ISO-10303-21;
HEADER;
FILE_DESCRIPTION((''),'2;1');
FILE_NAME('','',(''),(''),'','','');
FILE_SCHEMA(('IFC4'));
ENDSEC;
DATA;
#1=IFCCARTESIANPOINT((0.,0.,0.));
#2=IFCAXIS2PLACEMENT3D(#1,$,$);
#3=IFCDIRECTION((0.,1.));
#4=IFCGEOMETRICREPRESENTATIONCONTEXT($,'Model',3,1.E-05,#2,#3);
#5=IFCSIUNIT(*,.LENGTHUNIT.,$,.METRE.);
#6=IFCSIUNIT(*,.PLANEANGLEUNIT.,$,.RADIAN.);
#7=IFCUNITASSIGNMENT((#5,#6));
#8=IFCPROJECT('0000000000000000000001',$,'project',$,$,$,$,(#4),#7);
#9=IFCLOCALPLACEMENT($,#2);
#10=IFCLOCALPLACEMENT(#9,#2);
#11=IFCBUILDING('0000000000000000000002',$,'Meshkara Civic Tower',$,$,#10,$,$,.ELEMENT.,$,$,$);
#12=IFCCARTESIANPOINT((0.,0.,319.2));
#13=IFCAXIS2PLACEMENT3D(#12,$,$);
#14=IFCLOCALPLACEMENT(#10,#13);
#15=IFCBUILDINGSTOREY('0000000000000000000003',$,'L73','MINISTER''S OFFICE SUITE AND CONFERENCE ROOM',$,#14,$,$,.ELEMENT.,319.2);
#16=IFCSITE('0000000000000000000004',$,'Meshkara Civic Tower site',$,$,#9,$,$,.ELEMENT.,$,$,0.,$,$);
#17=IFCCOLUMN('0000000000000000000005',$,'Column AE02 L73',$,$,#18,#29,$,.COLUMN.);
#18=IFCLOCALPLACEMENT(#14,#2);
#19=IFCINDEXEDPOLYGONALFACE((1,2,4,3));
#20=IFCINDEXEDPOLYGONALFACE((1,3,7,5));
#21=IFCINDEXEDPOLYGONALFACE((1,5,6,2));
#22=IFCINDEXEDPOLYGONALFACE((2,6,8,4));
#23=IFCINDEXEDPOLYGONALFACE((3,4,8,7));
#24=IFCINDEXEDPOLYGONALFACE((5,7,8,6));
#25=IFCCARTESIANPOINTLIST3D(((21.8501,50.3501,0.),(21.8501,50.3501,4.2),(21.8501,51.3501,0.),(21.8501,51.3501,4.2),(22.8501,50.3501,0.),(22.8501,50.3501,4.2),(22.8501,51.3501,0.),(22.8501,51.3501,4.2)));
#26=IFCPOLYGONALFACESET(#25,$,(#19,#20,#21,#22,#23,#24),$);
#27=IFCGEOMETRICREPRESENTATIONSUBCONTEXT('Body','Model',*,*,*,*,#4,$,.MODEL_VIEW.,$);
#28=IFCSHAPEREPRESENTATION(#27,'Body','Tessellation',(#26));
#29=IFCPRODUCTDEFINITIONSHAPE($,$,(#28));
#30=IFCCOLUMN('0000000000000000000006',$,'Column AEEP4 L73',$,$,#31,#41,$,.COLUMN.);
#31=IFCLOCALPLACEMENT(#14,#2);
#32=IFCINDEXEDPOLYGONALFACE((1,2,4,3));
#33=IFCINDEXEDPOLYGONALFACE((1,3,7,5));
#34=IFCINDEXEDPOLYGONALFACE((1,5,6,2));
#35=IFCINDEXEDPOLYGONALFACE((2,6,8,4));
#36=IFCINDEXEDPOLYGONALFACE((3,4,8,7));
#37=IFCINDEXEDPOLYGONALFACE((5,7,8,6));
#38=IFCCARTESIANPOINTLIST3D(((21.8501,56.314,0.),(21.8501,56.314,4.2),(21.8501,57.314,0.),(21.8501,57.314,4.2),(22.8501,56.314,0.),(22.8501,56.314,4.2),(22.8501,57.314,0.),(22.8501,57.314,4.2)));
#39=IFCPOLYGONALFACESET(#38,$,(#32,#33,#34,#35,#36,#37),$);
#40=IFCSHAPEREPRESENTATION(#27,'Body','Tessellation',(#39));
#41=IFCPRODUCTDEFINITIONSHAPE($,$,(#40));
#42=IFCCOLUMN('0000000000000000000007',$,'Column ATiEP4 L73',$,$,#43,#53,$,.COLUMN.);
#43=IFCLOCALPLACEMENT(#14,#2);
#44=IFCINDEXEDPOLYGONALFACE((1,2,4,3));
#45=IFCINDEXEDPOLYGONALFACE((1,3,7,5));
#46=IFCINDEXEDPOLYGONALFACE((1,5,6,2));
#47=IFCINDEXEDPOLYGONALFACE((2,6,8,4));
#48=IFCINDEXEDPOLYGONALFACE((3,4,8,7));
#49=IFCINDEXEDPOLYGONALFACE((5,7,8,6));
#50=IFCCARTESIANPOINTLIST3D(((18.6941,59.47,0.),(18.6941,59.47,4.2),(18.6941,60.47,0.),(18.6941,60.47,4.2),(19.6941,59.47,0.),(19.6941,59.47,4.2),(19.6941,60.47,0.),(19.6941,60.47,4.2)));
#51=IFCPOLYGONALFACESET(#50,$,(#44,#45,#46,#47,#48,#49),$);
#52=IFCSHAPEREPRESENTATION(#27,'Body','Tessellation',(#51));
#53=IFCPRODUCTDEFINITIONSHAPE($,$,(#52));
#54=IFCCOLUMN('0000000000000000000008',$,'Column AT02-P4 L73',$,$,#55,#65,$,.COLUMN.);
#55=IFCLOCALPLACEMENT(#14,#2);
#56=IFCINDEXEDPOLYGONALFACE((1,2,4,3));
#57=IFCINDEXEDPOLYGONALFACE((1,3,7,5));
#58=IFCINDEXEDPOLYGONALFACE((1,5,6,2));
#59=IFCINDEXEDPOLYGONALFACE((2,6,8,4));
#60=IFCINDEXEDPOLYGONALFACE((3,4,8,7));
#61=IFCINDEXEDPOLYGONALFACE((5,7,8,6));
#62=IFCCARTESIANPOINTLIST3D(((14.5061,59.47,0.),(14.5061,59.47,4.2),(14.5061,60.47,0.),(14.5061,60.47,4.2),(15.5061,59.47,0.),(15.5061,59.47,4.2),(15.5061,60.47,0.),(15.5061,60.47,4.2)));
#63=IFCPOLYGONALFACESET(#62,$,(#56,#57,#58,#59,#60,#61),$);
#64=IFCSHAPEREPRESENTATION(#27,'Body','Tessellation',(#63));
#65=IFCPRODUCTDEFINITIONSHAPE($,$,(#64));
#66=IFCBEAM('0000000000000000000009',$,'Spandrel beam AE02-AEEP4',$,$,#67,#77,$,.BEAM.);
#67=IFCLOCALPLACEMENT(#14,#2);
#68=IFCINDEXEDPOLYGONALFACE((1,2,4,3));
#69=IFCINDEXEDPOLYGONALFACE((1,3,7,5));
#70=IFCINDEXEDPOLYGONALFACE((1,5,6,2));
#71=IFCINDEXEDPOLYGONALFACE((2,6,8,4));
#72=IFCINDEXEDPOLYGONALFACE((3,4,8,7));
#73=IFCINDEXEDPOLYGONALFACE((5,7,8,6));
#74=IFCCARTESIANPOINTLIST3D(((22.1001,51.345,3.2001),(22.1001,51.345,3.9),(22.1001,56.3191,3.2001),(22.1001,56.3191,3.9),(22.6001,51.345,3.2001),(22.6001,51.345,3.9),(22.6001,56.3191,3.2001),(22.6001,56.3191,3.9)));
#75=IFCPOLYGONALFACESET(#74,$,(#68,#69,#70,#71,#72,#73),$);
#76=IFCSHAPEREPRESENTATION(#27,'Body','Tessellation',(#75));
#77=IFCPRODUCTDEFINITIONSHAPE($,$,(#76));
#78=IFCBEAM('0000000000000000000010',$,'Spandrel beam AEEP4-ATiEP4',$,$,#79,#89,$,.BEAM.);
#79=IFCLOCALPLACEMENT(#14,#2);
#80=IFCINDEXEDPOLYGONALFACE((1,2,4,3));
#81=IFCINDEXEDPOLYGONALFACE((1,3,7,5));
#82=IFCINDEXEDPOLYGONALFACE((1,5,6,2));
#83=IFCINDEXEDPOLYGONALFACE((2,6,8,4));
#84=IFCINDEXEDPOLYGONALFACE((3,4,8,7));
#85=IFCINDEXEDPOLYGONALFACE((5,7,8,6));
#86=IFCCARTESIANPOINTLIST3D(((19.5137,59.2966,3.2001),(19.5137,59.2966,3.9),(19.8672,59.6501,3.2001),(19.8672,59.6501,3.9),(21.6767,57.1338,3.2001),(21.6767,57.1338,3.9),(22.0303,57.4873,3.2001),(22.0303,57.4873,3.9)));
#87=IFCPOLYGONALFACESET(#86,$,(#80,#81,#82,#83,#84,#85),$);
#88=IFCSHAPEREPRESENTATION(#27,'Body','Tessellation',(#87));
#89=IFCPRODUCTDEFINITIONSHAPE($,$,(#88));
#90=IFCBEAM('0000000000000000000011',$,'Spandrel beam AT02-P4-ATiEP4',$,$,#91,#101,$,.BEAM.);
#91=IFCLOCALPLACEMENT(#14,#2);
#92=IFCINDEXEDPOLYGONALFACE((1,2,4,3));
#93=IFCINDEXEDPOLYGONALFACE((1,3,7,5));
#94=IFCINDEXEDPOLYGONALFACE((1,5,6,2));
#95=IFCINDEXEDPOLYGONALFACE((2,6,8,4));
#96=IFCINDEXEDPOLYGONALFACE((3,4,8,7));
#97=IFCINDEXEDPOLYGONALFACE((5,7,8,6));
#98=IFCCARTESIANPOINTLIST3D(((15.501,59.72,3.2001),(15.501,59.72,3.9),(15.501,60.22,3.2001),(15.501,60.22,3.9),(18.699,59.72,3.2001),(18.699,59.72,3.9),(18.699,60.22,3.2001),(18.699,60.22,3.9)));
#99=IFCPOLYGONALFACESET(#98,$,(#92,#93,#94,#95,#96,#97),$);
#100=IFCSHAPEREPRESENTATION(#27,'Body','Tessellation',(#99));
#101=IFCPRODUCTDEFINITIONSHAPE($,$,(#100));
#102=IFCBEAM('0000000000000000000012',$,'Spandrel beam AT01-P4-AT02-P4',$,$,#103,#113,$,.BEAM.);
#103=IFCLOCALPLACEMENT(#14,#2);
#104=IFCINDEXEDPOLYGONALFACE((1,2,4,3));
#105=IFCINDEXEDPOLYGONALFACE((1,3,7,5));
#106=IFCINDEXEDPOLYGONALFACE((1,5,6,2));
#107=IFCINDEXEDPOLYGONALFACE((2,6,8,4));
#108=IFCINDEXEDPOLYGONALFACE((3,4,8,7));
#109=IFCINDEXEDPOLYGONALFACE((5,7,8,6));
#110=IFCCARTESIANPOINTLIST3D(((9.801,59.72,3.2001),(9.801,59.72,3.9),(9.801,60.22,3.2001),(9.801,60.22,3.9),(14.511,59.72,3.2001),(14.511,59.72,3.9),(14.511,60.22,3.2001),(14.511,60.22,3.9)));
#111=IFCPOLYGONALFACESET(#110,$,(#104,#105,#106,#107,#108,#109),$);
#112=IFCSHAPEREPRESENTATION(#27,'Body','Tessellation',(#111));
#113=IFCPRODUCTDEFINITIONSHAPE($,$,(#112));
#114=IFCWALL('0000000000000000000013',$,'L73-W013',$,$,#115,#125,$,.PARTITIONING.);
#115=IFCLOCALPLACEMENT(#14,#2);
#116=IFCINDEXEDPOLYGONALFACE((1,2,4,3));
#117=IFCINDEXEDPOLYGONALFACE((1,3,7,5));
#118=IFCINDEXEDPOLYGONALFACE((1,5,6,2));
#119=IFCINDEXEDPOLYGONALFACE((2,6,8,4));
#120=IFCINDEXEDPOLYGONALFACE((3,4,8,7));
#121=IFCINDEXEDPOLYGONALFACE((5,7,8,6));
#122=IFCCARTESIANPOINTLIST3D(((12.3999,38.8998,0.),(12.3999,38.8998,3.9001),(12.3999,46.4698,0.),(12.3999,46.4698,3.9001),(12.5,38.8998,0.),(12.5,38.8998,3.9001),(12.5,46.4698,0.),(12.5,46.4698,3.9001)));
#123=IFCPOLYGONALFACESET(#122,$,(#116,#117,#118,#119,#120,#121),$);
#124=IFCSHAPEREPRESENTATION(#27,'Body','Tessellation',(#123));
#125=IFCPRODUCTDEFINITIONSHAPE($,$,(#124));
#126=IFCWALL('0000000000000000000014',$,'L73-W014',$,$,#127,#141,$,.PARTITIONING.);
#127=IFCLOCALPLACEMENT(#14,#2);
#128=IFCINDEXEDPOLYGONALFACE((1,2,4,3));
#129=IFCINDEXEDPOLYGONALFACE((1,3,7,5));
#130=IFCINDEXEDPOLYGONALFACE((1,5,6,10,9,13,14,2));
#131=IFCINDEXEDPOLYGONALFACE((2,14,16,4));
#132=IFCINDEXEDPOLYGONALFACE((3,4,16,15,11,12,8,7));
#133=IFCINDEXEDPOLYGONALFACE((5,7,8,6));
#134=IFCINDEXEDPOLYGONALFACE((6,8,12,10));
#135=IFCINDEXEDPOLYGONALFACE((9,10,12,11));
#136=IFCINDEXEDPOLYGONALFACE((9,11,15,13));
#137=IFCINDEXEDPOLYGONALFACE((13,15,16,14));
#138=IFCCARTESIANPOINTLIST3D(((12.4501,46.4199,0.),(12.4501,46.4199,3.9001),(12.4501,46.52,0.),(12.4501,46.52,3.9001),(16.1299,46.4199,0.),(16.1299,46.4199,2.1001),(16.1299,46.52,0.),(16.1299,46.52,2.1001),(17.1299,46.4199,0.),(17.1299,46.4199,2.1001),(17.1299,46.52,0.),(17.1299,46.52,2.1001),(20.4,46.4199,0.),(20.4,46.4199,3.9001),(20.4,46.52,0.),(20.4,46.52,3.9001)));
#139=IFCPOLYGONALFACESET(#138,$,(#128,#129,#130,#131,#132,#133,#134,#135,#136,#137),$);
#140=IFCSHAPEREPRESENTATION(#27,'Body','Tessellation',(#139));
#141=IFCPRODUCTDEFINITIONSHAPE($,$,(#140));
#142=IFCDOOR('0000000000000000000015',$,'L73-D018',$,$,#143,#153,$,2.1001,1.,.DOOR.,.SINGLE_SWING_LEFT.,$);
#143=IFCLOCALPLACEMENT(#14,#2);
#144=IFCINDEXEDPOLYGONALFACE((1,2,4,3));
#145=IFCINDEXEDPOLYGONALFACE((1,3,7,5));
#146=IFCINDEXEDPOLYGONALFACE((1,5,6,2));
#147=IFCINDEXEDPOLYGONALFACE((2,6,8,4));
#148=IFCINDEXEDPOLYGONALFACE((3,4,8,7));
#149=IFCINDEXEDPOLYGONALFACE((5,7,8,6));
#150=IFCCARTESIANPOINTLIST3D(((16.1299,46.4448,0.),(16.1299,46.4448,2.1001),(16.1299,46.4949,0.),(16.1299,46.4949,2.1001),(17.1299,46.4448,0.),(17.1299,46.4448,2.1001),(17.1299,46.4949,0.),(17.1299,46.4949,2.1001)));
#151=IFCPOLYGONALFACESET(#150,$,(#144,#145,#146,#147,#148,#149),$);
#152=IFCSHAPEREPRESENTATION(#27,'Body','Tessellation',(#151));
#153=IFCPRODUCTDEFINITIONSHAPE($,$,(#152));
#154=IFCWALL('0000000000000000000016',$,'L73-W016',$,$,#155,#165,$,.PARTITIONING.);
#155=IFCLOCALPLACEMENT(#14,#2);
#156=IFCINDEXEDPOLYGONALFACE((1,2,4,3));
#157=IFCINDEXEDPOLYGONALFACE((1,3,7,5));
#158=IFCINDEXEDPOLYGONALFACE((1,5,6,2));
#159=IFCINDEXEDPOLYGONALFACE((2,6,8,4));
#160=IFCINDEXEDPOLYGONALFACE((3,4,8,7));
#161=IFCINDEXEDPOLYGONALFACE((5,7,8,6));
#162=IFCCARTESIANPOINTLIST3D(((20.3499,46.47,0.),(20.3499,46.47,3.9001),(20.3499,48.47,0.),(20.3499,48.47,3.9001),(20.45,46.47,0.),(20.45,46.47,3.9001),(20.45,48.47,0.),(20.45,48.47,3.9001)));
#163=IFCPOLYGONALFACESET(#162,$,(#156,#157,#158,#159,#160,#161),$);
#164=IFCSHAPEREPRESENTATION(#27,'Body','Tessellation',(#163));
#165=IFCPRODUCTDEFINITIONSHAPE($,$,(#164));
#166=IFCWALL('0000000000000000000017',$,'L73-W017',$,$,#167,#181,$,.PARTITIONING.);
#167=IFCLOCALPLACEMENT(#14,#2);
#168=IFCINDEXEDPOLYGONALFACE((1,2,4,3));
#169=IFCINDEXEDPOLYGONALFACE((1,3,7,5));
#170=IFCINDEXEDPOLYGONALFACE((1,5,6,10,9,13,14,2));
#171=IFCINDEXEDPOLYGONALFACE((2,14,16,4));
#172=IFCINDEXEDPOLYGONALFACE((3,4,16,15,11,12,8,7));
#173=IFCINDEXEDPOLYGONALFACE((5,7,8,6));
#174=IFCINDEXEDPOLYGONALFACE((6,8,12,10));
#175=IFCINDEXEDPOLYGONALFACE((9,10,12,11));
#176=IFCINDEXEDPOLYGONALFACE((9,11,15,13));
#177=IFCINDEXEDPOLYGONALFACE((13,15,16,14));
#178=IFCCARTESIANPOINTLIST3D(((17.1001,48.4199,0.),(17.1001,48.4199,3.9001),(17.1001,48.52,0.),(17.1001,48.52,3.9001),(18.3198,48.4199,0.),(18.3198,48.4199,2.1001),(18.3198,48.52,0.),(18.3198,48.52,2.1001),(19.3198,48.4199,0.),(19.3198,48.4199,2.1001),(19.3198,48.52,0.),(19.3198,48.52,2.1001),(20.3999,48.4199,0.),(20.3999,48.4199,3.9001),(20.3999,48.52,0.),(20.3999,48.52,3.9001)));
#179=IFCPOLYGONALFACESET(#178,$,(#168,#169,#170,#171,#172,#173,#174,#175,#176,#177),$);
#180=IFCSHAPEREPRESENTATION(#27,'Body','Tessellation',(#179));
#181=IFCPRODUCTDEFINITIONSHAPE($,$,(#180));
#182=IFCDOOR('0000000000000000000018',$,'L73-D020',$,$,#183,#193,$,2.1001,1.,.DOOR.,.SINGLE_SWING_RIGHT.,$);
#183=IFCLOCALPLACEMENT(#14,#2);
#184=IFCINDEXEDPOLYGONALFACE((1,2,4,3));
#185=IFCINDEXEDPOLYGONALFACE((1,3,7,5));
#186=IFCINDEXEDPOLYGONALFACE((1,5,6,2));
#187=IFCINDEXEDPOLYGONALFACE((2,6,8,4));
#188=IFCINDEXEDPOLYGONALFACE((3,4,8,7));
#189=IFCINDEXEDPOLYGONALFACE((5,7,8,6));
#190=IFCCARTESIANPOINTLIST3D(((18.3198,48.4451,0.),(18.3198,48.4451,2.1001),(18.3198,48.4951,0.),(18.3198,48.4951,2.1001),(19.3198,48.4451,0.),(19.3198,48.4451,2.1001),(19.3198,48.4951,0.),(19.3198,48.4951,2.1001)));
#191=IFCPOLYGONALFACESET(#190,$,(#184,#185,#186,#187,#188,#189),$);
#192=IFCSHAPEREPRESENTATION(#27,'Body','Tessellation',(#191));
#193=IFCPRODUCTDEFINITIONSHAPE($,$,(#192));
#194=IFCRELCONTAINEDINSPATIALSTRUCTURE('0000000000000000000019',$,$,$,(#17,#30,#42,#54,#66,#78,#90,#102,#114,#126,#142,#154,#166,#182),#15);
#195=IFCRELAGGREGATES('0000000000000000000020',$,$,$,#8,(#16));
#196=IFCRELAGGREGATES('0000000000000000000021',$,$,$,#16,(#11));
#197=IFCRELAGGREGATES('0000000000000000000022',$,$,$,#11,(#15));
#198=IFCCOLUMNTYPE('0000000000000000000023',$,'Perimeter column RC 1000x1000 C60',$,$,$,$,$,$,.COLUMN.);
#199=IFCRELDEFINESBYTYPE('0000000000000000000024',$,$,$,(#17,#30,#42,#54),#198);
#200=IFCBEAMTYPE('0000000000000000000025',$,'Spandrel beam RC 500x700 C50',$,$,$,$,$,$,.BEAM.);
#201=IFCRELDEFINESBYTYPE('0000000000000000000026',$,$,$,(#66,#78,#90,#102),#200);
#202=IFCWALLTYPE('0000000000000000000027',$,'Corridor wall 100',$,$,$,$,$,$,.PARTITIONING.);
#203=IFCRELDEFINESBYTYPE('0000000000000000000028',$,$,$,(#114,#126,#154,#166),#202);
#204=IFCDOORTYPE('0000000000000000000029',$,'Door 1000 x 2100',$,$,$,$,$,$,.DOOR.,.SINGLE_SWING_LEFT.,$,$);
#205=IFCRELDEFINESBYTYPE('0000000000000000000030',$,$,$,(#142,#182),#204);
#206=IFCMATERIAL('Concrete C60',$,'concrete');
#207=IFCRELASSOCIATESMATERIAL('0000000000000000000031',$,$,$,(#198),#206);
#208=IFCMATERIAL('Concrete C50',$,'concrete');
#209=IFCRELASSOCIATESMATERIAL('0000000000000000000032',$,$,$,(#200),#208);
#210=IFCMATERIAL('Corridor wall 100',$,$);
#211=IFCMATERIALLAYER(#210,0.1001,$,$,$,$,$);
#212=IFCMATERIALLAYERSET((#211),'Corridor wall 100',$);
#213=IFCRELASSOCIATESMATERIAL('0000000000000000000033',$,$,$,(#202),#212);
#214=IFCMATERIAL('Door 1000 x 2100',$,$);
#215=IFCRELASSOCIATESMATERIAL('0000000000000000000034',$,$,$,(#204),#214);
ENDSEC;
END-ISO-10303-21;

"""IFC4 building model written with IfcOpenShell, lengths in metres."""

from ifc_helpers import new_model, si_unit, direction, frame, frame_2d, origin, origin_2d, place, context, subcontext, project, spatial, rectangle, extrude, material, layer, layer_set, material_profile, profile_set, type_object, element, fill, save


model = new_model("IFC4")

# Units and contexts
model_context = context("Model", 3, precision=1e-05, world=origin(), true_north=direction((0.0, 1.0)))
body_context = subcontext(model_context, "Body", "Model", "MODEL_VIEW")
ifc_project = project(units=[si_unit("LENGTHUNIT", "METRE"), si_unit("PLANEANGLEUNIT", "RADIAN")], contexts=[model_context])

# Site, building, storey
site_placement = place(None, origin())
site = spatial("IfcSite", under=ifc_project, at=site_placement, Name="Meshkara Civic Tower site", CompositionType="ELEMENT", RefElevation=0.0)
building_placement = place(site_placement, origin())
building = spatial("IfcBuilding", under=site, at=building_placement, Name="Meshkara Civic Tower", CompositionType="ELEMENT")
storey_placement = place(building_placement, frame((0.0, 0.0, 319.2)))
storey = spatial("IfcBuildingStorey", under=building, at=storey_placement, Name="L73", Description="MINISTER'S OFFICE SUITE AND CONFERENCE ROOM", CompositionType="ELEMENT", Elevation=319.2)

# Columns
ifc_material_1 = material(Name="Concrete C60", Category="concrete")
ifc_material_profile_1 = material_profile(ifc_material_1, rectangle(XDim=1.0, YDim=1.0, at=origin_2d()))
ifc_profile_set_1 = profile_set([ifc_material_profile_1], Name="Concrete C60")
column_type = type_object("IfcColumnType", Name="Perimeter column RC 1000x1000 C60", PredefinedType="COLUMN", material=ifc_profile_set_1)
for number, where, z_axis, x_axis, name in (
    (1, (22.3501, 50.8501, 0.0), (0.0, 0.0, 1.0), (1.0, 0.0, 0.0), "Column AE02 L73"),
    (2, (22.3501, 56.814, 0.0), (0.0, 0.0, 1.0), (1.0, 0.0, 0.0), "Column AEEP4 L73"),
    (3, (19.1941, 59.97, 0.0), (0.0, 0.0, 1.0), (1.0, 0.0, 0.0), "Column ATiEP4 L73"),
    (4, (15.0061, 59.97, 0.0), (0.0, 0.0, 1.0), (1.0, 0.0, 0.0), "Column AT02-P4 L73"),
):
    element("IfcColumn", number, at=place(storey_placement, frame(where, z_axis=z_axis, x_axis=x_axis)), inside=storey, type_object=column_type, Name=name, PredefinedType="COLUMN", context=body_context, shape_type="SweptSolid", body=[
        extrude(rectangle(XDim=1.0, YDim=1.0, at=origin_2d()), origin(), (0.0, 0.0, 1.0), 4.2),
    ])

# Beams
ifc_material_2 = material(Name="Concrete C50", Category="concrete")
ifc_material_profile_2 = material_profile(ifc_material_2, rectangle(XDim=0.5, YDim=0.7, at=origin_2d()))
ifc_profile_set_2 = profile_set([ifc_material_profile_2], Name="Concrete C50")
beam_type = type_object("IfcBeamType", Name="Spandrel beam RC 500x700 C50", PredefinedType="BEAM", material=ifc_profile_set_2)
beam_1_placement = place(storey_placement, frame((22.3501, 51.345, 3.55), z_axis=(0.0, 1.0, 0.0), x_axis=(-1.0, 0.0, 0.0)))
element("IfcBeam", 5, at=beam_1_placement, inside=storey, type_object=beam_type, Name="Spandrel beam AE02-AEEP4", PredefinedType="BEAM", context=body_context, shape_type="SweptSolid", body=[
    extrude(rectangle(XDim=0.5, YDim=0.7, at=origin_2d()), origin(), (0.0, 0.0, 1.0), 4.9741),
])
beam_2_placement = place(storey_placement, frame((21.8535, 57.3105, 3.55), z_axis=(-0.707147, 0.707067, 0.0), x_axis=(-0.707067, -0.707147, 0.0)))
element("IfcBeam", 6, at=beam_2_placement, inside=storey, type_object=beam_type, Name="Spandrel beam AEEP4-ATiEP4", PredefinedType="BEAM", context=body_context, shape_type="SweptSolid", body=[
    extrude(rectangle(XDim=0.5, YDim=0.7, at=origin_2d()), origin(), (0.0, 0.0, 1.0), 3.0588),
])
beam_3_placement = place(storey_placement, frame((18.699, 59.97, 3.55), z_axis=(-1.0, 0.0, 0.0), x_axis=(0.0, -1.0, 0.0)))
element("IfcBeam", 7, at=beam_3_placement, inside=storey, type_object=beam_type, Name="Spandrel beam AT02-P4-ATiEP4", PredefinedType="BEAM", context=body_context, shape_type="SweptSolid", body=[
    extrude(rectangle(XDim=0.5, YDim=0.7, at=origin_2d()), origin(), (0.0, 0.0, 1.0), 3.198),
])
beam_4_placement = place(storey_placement, frame((14.511, 59.97, 3.55), z_axis=(-1.0, 0.0, 0.0), x_axis=(0.0, -1.0, 0.0)))
element("IfcBeam", 8, at=beam_4_placement, inside=storey, type_object=beam_type, Name="Spandrel beam AT01-P4-AT02-P4", PredefinedType="BEAM", context=body_context, shape_type="SweptSolid", body=[
    extrude(rectangle(XDim=0.5, YDim=0.7, at=origin_2d()), origin(), (0.0, 0.0, 1.0), 4.71),
])

# Wall
ifc_material_3 = material(Name="Corridor wall 100")
ifc_layer_1 = layer(ifc_material_3, 0.1001)
ifc_layer_set_1 = layer_set([ifc_layer_1], Name="Corridor wall 100")
wall_type_1 = type_object("IfcWallType", Name="Corridor wall 100", PredefinedType="PARTITIONING", material=ifc_layer_set_1)
wall_1_placement = place(storey_placement, frame((12.45, 46.47, 0.0), z_axis=(0.0, 0.0, 1.0), x_axis=(0.0, -1.0, 0.0)))
element("IfcWall", 9, at=wall_1_placement, inside=storey, type_object=wall_type_1, Name="L73-W013", PredefinedType="PARTITIONING", context=body_context, shape_type="SweptSolid", body=[
    extrude(rectangle(XDim=7.5701, YDim=0.1001, at=frame_2d((3.7852, 0.0))), origin(), (0.0, 0.0, 1.0), 3.9001),
])

# Wall, opening, door
wall_2_placement = place(storey_placement, frame((12.45, 46.47, 0.0), z_axis=(0.0, 0.0, 1.0), x_axis=(1.0, 0.0, 0.0)))
wall_2 = element("IfcWall", 10, at=wall_2_placement, inside=storey, type_object=wall_type_1, Name="L73-W014", PredefinedType="PARTITIONING", context=body_context, shape_type="SweptSolid", body=[
    extrude(rectangle(XDim=7.95, YDim=0.1001, at=frame_2d((3.9751, 0.0))), origin(), (0.0, 0.0, 1.0), 3.9001),
])
opening_1_placement = place(wall_2_placement, frame((3.6799, 0.0, 0.0)))
opening_1 = element("IfcOpeningElement", 11, at=opening_1_placement, cuts=wall_2, PredefinedType="OPENING", context=body_context, shape_type="SweptSolid", body=[
    extrude(rectangle(XDim=1.0, YDim=2.1001, at=frame_2d((0.5, 1.05))), frame((0.0, 0.0601, 0.0), z_axis=(0.0, -1.0, 0.0), x_axis=(1.0, 0.0, 0.0)), (0.0, 0.0, 1.0), 0.1201),
])
ifc_material_4 = material(Name="Door 1000 x 2100")
door_type = type_object("IfcDoorType", Name="Door 1000 x 2100", OperationType="SINGLE_SWING_LEFT", PredefinedType="DOOR", material=ifc_material_4)
door_1_placement = place(opening_1_placement, origin())
door_1 = element("IfcDoor", 12, at=door_1_placement, inside=storey, type_object=door_type, Name="L73-D018", OperationType="SINGLE_SWING_LEFT", OverallHeight=2.1001, OverallWidth=1.0, PredefinedType="DOOR", context=body_context, shape_type="SweptSolid", body=[
    extrude(rectangle(XDim=1.0, YDim=2.1001, at=frame_2d((0.5, 1.05))), frame((0.0, 0.0249, 0.0), z_axis=(0.0, -1.0, 0.0), x_axis=(1.0, 0.0, 0.0)), (0.0, 0.0, 1.0), 0.05),
])
fill(opening_1, door_1)

# Wall
wall_3_placement = place(storey_placement, frame((20.3999, 46.47, 0.0), z_axis=(0.0, 0.0, 1.0), x_axis=(0.0, 1.0, 0.0)))
element("IfcWall", 13, at=wall_3_placement, inside=storey, type_object=wall_type_1, Name="L73-W016", PredefinedType="PARTITIONING", context=body_context, shape_type="SweptSolid", body=[
    extrude(rectangle(XDim=2.0, YDim=0.1001, at=frame_2d((1.0, 0.0))), origin(), (0.0, 0.0, 1.0), 3.9001),
])

# Wall, opening, door
wall_4_placement = place(storey_placement, frame((20.3999, 48.47, 0.0), z_axis=(0.0, 0.0, 1.0), x_axis=(-1.0, 0.0, 0.0)))
wall_4 = element("IfcWall", 14, at=wall_4_placement, inside=storey, type_object=wall_type_1, Name="L73-W017", PredefinedType="PARTITIONING", context=body_context, shape_type="SweptSolid", body=[
    extrude(rectangle(XDim=3.2998, YDim=0.1001, at=frame_2d((1.6499, 0.0))), origin(), (0.0, 0.0, 1.0), 3.9001),
])
opening_2_placement = place(wall_4_placement, frame((1.0801, 0.0, 0.0)))
opening_2 = element("IfcOpeningElement", 15, at=opening_2_placement, cuts=wall_4, PredefinedType="OPENING", context=body_context, shape_type="SweptSolid", body=[
    extrude(rectangle(XDim=1.0, YDim=2.1001, at=frame_2d((0.5, 1.05))), frame((0.0, 0.0601, 0.0), z_axis=(0.0, -1.0, 0.0), x_axis=(1.0, 0.0, 0.0)), (0.0, 0.0, 1.0), 0.1201),
])
door_2_placement = place(opening_2_placement, origin())
door_2 = element("IfcDoor", 16, at=door_2_placement, inside=storey, type_object=door_type, Name="L73-D020", OperationType="SINGLE_SWING_RIGHT", OverallHeight=2.1001, OverallWidth=1.0, PredefinedType="DOOR", context=body_context, shape_type="SweptSolid", body=[
    extrude(rectangle(XDim=1.0, YDim=2.1001, at=frame_2d((0.5, 1.05))), frame((0.0, 0.0249, 0.0), z_axis=(0.0, -1.0, 0.0), x_axis=(1.0, 0.0, 0.0)), (0.0, 0.0, 1.0), 0.05),
])
fill(opening_2, door_2)

save(model, "model.ifc")
